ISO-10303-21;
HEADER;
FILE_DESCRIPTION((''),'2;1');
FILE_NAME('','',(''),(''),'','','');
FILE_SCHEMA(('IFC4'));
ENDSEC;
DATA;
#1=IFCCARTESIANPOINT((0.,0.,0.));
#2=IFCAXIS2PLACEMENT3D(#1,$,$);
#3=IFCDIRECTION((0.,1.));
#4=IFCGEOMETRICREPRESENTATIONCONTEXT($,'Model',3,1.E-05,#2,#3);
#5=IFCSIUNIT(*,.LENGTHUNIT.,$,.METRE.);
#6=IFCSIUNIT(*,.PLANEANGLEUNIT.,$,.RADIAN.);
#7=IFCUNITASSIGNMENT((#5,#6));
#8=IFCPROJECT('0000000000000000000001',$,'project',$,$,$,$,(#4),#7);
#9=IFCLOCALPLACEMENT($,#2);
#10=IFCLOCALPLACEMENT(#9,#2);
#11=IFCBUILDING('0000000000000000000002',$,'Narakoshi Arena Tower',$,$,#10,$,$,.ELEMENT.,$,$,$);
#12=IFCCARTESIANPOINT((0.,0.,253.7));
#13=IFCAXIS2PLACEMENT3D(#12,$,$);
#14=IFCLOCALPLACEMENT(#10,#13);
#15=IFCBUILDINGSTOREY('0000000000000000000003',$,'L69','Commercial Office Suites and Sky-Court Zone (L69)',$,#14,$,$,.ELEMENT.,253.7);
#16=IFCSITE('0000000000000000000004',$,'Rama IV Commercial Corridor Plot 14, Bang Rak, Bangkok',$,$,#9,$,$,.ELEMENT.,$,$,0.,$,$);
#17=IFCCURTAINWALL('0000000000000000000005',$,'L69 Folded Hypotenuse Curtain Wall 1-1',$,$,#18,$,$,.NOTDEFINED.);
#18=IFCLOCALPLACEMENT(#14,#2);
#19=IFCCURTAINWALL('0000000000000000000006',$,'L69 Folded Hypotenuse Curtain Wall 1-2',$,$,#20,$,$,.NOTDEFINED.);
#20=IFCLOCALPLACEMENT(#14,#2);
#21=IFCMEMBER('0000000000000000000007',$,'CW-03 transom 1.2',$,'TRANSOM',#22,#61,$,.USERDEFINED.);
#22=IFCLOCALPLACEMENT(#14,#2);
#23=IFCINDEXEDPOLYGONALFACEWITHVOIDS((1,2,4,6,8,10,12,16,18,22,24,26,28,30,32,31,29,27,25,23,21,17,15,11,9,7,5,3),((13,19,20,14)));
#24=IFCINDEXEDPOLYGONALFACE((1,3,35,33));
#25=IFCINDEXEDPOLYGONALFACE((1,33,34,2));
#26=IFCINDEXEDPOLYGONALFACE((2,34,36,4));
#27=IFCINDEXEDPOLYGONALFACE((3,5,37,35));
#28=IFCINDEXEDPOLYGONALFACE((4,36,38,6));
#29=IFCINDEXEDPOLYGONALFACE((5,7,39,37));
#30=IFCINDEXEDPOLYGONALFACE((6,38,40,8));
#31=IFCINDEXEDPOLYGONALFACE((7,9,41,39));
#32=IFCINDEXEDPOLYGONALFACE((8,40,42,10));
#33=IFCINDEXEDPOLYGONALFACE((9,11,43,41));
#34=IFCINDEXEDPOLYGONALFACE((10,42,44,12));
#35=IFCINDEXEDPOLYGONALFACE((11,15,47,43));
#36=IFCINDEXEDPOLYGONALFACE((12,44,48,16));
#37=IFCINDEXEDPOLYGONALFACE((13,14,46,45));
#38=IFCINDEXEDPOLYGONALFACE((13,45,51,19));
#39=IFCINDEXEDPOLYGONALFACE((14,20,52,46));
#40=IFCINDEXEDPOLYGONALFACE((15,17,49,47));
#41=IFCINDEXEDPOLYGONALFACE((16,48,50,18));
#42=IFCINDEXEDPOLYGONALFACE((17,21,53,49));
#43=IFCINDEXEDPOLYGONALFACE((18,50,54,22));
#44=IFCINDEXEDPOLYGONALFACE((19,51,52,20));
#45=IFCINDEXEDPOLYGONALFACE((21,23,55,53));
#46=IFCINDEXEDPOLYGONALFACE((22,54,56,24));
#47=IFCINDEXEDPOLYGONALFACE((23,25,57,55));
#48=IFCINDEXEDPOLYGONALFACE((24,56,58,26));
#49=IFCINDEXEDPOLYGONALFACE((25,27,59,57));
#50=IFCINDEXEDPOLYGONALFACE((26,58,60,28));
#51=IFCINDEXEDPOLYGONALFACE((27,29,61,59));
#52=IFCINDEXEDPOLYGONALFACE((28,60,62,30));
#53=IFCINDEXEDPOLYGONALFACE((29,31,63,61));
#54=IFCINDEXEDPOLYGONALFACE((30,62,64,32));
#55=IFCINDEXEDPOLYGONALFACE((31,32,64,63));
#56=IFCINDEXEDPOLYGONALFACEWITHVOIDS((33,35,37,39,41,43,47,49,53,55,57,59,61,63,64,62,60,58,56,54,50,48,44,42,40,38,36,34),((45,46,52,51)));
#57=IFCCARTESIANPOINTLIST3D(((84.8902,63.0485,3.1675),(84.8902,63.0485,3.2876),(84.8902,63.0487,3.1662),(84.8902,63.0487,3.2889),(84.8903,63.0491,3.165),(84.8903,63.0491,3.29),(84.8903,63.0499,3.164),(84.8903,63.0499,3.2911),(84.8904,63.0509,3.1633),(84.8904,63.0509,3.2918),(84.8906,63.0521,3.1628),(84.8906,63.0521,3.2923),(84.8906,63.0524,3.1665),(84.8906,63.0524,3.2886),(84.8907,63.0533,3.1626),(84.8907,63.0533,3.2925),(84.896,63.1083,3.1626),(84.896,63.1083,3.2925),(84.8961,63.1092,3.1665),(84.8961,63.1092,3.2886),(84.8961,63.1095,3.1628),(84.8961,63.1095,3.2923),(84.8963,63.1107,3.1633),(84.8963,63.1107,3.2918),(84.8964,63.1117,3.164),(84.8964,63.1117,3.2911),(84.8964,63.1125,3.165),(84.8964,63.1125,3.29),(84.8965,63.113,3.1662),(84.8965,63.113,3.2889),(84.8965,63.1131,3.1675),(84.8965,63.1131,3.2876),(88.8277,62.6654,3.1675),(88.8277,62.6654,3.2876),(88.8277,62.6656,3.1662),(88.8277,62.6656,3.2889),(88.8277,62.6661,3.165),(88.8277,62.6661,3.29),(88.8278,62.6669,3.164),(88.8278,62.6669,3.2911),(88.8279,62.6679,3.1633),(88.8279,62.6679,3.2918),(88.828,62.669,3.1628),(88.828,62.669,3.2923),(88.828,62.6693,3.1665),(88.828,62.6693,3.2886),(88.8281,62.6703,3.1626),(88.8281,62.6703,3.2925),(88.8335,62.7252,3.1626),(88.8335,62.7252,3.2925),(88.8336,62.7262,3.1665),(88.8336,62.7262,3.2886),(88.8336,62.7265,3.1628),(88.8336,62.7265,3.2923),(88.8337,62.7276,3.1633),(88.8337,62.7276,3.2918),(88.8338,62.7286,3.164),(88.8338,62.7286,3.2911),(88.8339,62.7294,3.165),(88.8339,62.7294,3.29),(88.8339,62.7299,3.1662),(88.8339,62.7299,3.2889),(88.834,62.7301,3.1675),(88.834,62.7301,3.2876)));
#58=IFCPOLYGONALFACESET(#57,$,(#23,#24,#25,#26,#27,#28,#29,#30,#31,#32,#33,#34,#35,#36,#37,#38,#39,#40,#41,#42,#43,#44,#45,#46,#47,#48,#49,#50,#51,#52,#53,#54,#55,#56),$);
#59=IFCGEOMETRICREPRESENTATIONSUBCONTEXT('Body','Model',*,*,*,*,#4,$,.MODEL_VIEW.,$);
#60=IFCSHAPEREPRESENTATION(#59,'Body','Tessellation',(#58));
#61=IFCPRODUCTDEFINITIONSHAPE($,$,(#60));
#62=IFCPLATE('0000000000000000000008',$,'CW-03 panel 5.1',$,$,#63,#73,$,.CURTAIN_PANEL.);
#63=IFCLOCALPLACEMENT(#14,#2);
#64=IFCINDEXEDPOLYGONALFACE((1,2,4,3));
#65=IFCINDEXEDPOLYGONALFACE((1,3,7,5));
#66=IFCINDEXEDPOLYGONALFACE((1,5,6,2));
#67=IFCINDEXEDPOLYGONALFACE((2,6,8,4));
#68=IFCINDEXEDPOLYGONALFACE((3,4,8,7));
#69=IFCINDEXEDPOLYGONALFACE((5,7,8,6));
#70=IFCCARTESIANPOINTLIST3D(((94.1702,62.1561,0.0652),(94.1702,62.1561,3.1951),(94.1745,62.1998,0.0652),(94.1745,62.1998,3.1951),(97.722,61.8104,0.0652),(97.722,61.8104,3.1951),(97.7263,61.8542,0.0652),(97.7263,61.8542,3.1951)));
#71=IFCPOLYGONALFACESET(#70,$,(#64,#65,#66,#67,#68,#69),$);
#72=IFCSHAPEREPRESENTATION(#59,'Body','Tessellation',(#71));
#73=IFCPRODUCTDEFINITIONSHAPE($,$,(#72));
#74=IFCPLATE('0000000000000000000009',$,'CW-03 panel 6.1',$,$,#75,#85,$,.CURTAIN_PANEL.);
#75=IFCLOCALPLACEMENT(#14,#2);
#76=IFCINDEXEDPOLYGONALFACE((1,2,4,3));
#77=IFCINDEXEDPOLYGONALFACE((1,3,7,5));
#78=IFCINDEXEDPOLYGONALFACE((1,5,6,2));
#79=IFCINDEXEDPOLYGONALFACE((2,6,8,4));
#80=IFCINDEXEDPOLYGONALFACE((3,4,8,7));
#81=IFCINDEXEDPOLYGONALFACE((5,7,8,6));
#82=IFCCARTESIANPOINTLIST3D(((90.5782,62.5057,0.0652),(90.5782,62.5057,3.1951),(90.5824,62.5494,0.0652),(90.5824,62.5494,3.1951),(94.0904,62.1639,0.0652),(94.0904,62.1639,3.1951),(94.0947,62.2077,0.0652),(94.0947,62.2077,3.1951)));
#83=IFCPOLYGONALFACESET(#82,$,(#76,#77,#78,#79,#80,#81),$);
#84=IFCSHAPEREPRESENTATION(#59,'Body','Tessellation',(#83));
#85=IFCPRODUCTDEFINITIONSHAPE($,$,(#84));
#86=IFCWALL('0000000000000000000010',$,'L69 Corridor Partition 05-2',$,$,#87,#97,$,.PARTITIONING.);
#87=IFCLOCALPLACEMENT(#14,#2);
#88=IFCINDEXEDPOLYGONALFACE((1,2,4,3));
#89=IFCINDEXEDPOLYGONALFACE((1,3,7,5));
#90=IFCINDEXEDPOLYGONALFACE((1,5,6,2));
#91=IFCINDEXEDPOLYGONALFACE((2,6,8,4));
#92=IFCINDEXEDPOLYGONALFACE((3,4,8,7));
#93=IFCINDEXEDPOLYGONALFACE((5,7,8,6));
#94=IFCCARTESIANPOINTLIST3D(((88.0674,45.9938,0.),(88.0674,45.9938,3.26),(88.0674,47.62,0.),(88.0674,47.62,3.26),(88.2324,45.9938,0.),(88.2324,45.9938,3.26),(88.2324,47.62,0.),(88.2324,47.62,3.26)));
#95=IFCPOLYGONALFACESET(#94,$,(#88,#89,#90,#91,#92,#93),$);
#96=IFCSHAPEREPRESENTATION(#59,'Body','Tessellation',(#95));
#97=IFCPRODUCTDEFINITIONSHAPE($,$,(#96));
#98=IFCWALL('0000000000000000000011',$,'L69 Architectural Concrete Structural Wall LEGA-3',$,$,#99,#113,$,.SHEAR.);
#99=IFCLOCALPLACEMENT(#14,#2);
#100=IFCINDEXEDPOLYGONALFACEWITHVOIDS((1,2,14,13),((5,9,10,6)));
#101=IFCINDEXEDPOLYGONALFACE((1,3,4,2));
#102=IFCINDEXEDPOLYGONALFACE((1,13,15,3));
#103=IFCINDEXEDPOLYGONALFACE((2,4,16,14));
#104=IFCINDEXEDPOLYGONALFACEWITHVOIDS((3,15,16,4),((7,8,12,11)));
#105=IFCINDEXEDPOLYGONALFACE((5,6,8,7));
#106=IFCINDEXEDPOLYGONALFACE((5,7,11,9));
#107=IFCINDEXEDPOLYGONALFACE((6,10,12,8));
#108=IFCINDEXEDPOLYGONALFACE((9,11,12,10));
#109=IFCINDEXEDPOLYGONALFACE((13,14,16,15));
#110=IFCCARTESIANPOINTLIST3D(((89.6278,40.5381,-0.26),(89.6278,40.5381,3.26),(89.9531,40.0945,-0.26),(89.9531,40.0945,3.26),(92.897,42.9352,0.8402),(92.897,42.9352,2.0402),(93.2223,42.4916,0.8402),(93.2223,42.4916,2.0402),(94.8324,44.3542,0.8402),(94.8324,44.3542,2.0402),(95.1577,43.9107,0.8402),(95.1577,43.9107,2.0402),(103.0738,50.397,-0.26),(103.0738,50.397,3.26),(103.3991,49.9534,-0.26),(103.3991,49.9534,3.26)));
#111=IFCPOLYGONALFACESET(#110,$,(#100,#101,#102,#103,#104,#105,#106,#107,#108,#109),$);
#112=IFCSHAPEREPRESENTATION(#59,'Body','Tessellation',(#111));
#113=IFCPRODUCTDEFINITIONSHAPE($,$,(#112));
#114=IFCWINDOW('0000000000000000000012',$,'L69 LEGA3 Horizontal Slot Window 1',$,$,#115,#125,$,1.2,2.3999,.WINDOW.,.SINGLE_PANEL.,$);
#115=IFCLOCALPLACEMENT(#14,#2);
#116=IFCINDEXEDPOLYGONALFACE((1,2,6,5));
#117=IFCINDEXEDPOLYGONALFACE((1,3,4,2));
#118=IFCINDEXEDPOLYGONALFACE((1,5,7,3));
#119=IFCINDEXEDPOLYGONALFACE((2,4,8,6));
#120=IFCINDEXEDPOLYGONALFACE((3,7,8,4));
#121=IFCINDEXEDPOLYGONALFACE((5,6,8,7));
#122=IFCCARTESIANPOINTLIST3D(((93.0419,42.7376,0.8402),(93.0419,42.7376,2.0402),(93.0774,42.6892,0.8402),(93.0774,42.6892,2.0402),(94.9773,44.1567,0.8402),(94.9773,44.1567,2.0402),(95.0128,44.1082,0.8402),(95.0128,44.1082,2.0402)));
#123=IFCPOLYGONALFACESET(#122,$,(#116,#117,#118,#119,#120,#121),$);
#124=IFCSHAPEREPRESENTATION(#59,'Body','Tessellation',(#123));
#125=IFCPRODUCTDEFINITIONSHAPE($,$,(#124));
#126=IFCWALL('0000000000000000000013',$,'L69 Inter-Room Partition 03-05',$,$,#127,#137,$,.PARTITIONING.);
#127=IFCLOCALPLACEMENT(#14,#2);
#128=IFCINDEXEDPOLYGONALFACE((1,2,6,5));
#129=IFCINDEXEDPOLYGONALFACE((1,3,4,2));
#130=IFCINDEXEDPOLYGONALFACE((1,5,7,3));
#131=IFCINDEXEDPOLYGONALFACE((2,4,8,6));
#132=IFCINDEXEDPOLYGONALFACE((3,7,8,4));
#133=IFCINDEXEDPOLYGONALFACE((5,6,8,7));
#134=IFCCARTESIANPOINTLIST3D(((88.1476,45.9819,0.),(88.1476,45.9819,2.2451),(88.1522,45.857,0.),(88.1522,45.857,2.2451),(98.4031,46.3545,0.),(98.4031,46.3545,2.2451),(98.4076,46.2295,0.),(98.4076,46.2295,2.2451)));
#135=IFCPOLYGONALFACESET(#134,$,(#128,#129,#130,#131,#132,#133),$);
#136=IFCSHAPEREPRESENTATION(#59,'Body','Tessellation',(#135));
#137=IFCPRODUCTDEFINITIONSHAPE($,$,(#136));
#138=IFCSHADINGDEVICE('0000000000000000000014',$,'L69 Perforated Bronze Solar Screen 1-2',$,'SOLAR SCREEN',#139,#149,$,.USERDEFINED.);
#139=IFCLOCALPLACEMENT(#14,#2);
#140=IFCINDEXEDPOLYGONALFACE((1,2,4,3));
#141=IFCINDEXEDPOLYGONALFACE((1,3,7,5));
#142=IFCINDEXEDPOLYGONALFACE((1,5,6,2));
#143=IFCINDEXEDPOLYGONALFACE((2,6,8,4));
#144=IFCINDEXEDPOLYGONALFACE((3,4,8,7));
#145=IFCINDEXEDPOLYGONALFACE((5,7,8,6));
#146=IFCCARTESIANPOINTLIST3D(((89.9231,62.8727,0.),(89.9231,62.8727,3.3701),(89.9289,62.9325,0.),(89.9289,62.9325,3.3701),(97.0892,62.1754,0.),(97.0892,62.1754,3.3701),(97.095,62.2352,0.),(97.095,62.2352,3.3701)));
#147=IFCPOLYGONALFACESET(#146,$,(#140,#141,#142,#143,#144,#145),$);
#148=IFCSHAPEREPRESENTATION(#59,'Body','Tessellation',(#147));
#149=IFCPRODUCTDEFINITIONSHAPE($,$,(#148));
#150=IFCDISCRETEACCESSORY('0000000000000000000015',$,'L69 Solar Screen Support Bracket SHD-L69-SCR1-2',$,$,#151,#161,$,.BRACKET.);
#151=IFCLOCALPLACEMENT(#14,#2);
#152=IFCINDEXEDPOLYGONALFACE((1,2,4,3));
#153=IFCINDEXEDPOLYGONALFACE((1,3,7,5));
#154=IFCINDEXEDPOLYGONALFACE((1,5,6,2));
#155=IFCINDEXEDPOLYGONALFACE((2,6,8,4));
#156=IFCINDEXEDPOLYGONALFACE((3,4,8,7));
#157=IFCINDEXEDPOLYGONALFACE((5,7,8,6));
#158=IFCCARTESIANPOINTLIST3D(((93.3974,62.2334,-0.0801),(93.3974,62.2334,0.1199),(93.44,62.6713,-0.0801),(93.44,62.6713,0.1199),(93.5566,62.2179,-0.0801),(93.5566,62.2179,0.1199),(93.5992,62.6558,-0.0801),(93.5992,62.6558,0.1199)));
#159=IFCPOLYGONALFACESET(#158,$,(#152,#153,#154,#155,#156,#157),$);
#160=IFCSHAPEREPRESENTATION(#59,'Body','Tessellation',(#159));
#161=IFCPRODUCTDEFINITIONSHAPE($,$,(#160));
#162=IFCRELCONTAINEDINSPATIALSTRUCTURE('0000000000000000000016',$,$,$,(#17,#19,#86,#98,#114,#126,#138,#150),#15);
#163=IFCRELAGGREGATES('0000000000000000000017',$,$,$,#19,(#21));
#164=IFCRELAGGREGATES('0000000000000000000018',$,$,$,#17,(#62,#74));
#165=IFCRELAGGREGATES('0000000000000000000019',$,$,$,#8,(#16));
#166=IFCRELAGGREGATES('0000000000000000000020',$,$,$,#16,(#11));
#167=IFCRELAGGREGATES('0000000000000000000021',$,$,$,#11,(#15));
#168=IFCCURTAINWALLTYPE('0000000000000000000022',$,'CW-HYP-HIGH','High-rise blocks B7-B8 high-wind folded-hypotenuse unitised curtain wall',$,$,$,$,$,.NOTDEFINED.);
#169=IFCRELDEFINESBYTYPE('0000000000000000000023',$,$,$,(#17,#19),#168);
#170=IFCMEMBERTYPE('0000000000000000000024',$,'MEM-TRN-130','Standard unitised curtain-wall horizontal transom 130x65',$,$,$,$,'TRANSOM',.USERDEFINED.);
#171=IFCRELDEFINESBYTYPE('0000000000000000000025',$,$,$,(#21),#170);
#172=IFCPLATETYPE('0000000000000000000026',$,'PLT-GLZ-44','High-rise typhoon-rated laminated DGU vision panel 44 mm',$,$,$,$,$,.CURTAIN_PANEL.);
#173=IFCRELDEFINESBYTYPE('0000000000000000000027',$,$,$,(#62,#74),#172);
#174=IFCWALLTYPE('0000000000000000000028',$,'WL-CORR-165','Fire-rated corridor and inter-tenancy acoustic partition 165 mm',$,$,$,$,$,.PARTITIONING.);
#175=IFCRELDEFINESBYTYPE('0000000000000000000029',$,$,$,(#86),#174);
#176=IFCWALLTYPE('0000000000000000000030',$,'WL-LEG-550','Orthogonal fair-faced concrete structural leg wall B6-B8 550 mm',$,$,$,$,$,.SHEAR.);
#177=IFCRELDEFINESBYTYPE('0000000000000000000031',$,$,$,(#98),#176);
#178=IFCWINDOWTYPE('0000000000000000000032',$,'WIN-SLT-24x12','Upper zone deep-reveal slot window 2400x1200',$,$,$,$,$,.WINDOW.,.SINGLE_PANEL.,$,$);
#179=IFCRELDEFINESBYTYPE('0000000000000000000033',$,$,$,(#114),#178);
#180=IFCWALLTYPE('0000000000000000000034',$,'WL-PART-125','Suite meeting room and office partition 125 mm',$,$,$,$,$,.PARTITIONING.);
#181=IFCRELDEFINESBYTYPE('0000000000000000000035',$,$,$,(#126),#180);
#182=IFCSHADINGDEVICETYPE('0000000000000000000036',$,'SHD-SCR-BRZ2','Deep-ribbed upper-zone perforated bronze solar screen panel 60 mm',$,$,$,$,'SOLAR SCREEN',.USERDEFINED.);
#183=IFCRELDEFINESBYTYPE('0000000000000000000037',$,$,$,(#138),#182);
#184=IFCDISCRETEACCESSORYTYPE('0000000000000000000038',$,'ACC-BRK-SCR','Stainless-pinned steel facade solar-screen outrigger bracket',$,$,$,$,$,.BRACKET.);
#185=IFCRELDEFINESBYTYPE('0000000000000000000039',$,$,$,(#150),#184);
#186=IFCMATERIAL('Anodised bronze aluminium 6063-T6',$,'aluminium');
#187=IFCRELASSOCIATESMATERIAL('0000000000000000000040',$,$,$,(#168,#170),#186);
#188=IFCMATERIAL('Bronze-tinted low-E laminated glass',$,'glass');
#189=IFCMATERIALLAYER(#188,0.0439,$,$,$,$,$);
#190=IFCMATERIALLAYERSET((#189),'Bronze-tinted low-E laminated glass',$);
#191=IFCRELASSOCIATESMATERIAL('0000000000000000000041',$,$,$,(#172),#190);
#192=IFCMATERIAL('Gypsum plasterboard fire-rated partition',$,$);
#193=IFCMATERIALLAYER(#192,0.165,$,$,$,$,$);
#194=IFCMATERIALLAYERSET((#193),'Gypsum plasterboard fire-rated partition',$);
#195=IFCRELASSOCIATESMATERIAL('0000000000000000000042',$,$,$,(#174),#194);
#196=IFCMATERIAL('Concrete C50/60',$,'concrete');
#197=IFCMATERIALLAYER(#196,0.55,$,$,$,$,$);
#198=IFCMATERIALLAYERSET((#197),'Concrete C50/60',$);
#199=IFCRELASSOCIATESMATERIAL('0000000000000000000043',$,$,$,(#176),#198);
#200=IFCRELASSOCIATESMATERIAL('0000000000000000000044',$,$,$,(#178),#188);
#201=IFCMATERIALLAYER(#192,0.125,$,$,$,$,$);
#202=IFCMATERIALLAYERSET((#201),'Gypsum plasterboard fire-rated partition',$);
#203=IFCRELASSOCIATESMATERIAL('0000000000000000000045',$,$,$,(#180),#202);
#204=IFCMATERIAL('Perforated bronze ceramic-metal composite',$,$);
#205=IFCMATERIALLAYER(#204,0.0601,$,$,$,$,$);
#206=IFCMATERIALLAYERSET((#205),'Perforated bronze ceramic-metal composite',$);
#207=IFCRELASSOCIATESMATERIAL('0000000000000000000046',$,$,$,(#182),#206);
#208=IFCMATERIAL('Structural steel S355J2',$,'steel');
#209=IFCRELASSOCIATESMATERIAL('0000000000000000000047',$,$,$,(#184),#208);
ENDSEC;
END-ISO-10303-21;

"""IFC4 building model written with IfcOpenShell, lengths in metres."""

from ifc_helpers import new_model, si_unit, direction, frame, frame_2d, origin, origin_2d, place, context, subcontext, project, spatial, rectangle, hollow_rectangle, extrude, material, layer, layer_set, material_profile, profile_set, type_object, element, fill, aggregate, save


model = new_model("IFC4")

# Units and contexts
model_context = context("Model", 3, precision=1e-05, world=origin(), true_north=direction((0.0, 1.0)))
body_context = subcontext(model_context, "Body", "Model", "MODEL_VIEW")
ifc_project = project(units=[si_unit("LENGTHUNIT", "METRE"), si_unit("PLANEANGLEUNIT", "RADIAN")], contexts=[model_context])

# Site, building, storey
site_placement = place(None, origin())
site = spatial("IfcSite", under=ifc_project, at=site_placement, Name="Rama IV Commercial Corridor Plot 14, Bang Rak, Bangkok", CompositionType="ELEMENT", RefElevation=0.0)
building_placement = place(site_placement, origin())
building = spatial("IfcBuilding", under=site, at=building_placement, Name="Narakoshi Arena Tower", CompositionType="ELEMENT")
storey_placement = place(building_placement, frame((0.0, 0.0, 253.7)))
storey = spatial("IfcBuildingStorey", under=building, at=storey_placement, Name="L69", Description="Commercial Office Suites and Sky-Court Zone (L69)", CompositionType="ELEMENT", Elevation=253.7)

# Shared definitions
ifc_material_1 = material(Name="Concrete C50/60", Category="concrete")

# Shared definitions
ifc_material_2 = material(Name="Structural steel S355J2", Category="steel")

# Curtain wall
ifc_material_3 = material(Name="Anodised bronze aluminium 6063-T6", Category="aluminium")
curtain_wall_type = type_object("IfcCurtainWallType", Name="CW-HYP-HIGH", Description="High-rise blocks B7-B8 high-wind folded-hypotenuse unitised curtain wall", PredefinedType="NOTDEFINED", material=ifc_material_3)
curtain_wall_1_placement = place(storey_placement, origin())
curtain_wall_1 = element("IfcCurtainWall", 1, at=curtain_wall_1_placement, inside=storey, type_object=curtain_wall_type, Name="L69 Folded Hypotenuse Curtain Wall 1-1", PredefinedType="NOTDEFINED")

# Curtain wall
curtain_wall_2_placement = place(storey_placement, origin())
curtain_wall_2 = element("IfcCurtainWall", 2, at=curtain_wall_2_placement, inside=storey, type_object=curtain_wall_type, Name="L69 Folded Hypotenuse Curtain Wall 1-2", PredefinedType="NOTDEFINED")

# Member
ifc_material_profile_1 = material_profile(ifc_material_3, hollow_rectangle(XDim=0.0649, YDim=0.1299, WallThickness=0.0039, OuterFilletRadius=0.0049, at=origin_2d()), Name="TRN130x65x4")
ifc_profile_set_1 = profile_set([ifc_material_profile_1], Name="Anodised bronze aluminium 6063-T6")
member_type_1 = type_object("IfcMemberType", Name="MEM-TRN-130", Description="Standard unitised curtain-wall horizontal transom 130x65", ElementType="TRANSOM", PredefinedType="USERDEFINED", material=ifc_profile_set_1)
member_1_placement = place(storey_placement, frame((88.8308, 62.6978, 3.2275), z_axis=(-0.995301, 0.096827, 0.0), x_axis=(-0.096827, -0.995301, 0.0)))
member_1 = element("IfcMember", 3, at=member_1_placement, type_object=member_type_1, Name="CW-03 transom 1.2", ObjectType="TRANSOM", PredefinedType="USERDEFINED", context=body_context, shape_type="SweptSolid", body=[
    extrude(hollow_rectangle(XDim=0.0649, YDim=0.1299, WallThickness=0.0039, OuterFilletRadius=0.0049, at=origin_2d()), origin(), (0.0, 0.0, 1.0), 3.9561),
])
aggregate(curtain_wall_2, [member_1])

# Plates
ifc_material_4 = material(Name="Bronze-tinted low-E laminated glass", Category="glass")
ifc_layer_1 = layer(ifc_material_4, 0.0439)
ifc_layer_set_1 = layer_set([ifc_layer_1], Name="Bronze-tinted low-E laminated glass")
plate_type = type_object("IfcPlateType", Name="PLT-GLZ-44", Description="High-rise typhoon-rated laminated DGU vision panel 44 mm", PredefinedType="CURTAIN_PANEL", material=ifc_layer_set_1)
plate_1_placement = place(storey_placement, frame((95.9482, 62.0051, 0.0652), z_axis=(0.0, 0.0, 1.0), x_axis=(-0.995299, 0.096851, 0.0)))
plate_1 = element("IfcPlate", 4, at=plate_1_placement, type_object=plate_type, Name="CW-03 panel 5.1", PredefinedType="CURTAIN_PANEL", context=body_context, shape_type="SweptSolid", body=[
    extrude(rectangle(XDim=3.5686, YDim=0.0439, at=origin_2d()), origin(), (0.0, 0.0, 1.0), 3.1299),
])
plate_2_placement = place(storey_placement, frame((92.3364, 62.3567, 0.0652), z_axis=(0.0, 0.0, 1.0), x_axis=(-0.995299, 0.096851, 0.0)))
plate_2 = element("IfcPlate", 5, at=plate_2_placement, type_object=plate_type, Name="CW-03 panel 6.1", PredefinedType="CURTAIN_PANEL", context=body_context, shape_type="SweptSolid", body=[
    extrude(rectangle(XDim=3.5288, YDim=0.0439, at=origin_2d()), origin(), (0.0, 0.0, 1.0), 3.1299),
])
aggregate(curtain_wall_1, [plate_1, plate_2])

# Wall
ifc_material_5 = material(Name="Gypsum plasterboard fire-rated partition")
ifc_layer_2 = layer(ifc_material_5, 0.165)
ifc_layer_set_2 = layer_set([ifc_layer_2], Name="Gypsum plasterboard fire-rated partition")
wall_type_1 = type_object("IfcWallType", Name="WL-CORR-165", Description="Fire-rated corridor and inter-tenancy acoustic partition 165 mm", PredefinedType="PARTITIONING", material=ifc_layer_set_2)
wall_1_placement = place(storey_placement, frame((88.1499, 45.9939, 0.0), z_axis=(0.0, 0.0, 1.0), x_axis=(0.0, 1.0, 0.0)))
element("IfcWall", 6, at=wall_1_placement, inside=storey, type_object=wall_type_1, Name="L69 Corridor Partition 05-2", PredefinedType="PARTITIONING", context=body_context, shape_type="SweptSolid", body=[
    extrude(rectangle(XDim=1.6262, YDim=0.165, at=frame_2d((0.813, 0.0))), origin(), (0.0, 0.0, 1.0), 3.26),
])

# Wall, opening, window
ifc_layer_3 = layer(ifc_material_1, 0.55)
ifc_layer_set_3 = layer_set([ifc_layer_3], Name="Concrete C50/60")
wall_type_2 = type_object("IfcWallType", Name="WL-LEG-550", Description="Orthogonal fair-faced concrete structural leg wall B6-B8 550 mm", PredefinedType="SHEAR", material=ifc_layer_set_3)
wall_2_placement = place(storey_placement, frame((89.7905, 40.3164, -0.26), z_axis=(0.0, 0.0, 1.0), x_axis=(0.806449, 0.591303, 0.0)))
wall_2 = element("IfcWall", 7, at=wall_2_placement, inside=storey, type_object=wall_type_2, Name="L69 Architectural Concrete Structural Wall LEGA-3", PredefinedType="SHEAR", context=body_context, shape_type="SweptSolid", body=[
    extrude(rectangle(XDim=16.6731, YDim=0.55, at=frame_2d((8.3364, 0.0))), origin(), (0.0, 0.0, 1.0), 3.52),
])
opening_placement = place(wall_2_placement, frame((4.0537, 0.0, 1.1001)))
opening = element("IfcOpeningElement", 8, at=opening_placement, cuts=wall_2, PredefinedType="OPENING", context=body_context, shape_type="SweptSolid", body=[
    extrude(rectangle(XDim=2.3999, YDim=1.2, at=frame_2d((1.2, 0.6001))), frame((0.0, 0.2849, 0.0), z_axis=(0.0, -1.0, 0.0), x_axis=(1.0, 0.0, 0.0)), (0.0, 0.0, 1.0), 0.5701),
])
window_type = type_object("IfcWindowType", Name="WIN-SLT-24x12", Description="Upper zone deep-reveal slot window 2400x1200", PartitioningType="SINGLE_PANEL", PredefinedType="WINDOW", material=ifc_material_4)
window_placement = place(opening_placement, origin())
window = element("IfcWindow", 9, at=window_placement, inside=storey, type_object=window_type, Name="L69 LEGA3 Horizontal Slot Window 1", OverallHeight=1.2, OverallWidth=2.3999, PartitioningType="SINGLE_PANEL", PredefinedType="WINDOW", context=body_context, shape_type="SweptSolid", body=[
    extrude(rectangle(XDim=2.3999, YDim=1.2, at=frame_2d((1.2, 0.6001))), frame((0.0, 0.03, 0.0), z_axis=(0.0, -1.0, 0.0), x_axis=(1.0, 0.0, 0.0)), (0.0, 0.0, 1.0), 0.0601),
])
fill(opening, window)

# Wall
ifc_layer_4 = layer(ifc_material_5, 0.125)
ifc_layer_set_4 = layer_set([ifc_layer_4], Name="Gypsum plasterboard fire-rated partition")
wall_type_3 = type_object("IfcWallType", Name="WL-PART-125", Description="Suite meeting room and office partition 125 mm", PredefinedType="PARTITIONING", material=ifc_layer_set_4)
wall_3_placement = place(storey_placement, frame((88.1499, 45.9194, 0.0), z_axis=(0.0, 0.0, 1.0), x_axis=(0.999341, 0.036304, 0.0)))
element("IfcWall", 10, at=wall_3_placement, inside=storey, type_object=wall_type_3, Name="L69 Inter-Room Partition 03-05", PredefinedType="PARTITIONING", context=body_context, shape_type="SweptSolid", body=[
    extrude(rectangle(XDim=10.2622, YDim=0.125, at=frame_2d((5.1311, 0.0))), origin(), (0.0, 0.0, 1.0), 2.2451),
])

# Shading device
ifc_material_6 = material(Name="Perforated bronze ceramic-metal composite")
ifc_layer_5 = layer(ifc_material_6, 0.0601)
ifc_layer_set_5 = layer_set([ifc_layer_5], Name="Perforated bronze ceramic-metal composite")
shading_device_type = type_object("IfcShadingDeviceType", Name="SHD-SCR-BRZ2", Description="Deep-ribbed upper-zone perforated bronze solar screen panel 60 mm", ElementType="SOLAR SCREEN", PredefinedType="USERDEFINED", material=ifc_layer_set_5)
shading_device_placement = place(storey_placement, frame((93.509, 62.554, 0.0), z_axis=(0.0, 0.0, 1.0), x_axis=(-0.995299, 0.096853, 0.0)))
element("IfcShadingDevice", 11, at=shading_device_placement, inside=storey, type_object=shading_device_type, Name="L69 Perforated Bronze Solar Screen 1-2", ObjectType="SOLAR SCREEN", PredefinedType="USERDEFINED", context=body_context, shape_type="SweptSolid", body=[
    extrude(rectangle(XDim=7.2, YDim=0.0601, at=origin_2d()), origin(), (0.0, 0.0, 1.0), 3.3701),
])

# Discrete accessory
discrete_accessory_type = type_object("IfcDiscreteAccessoryType", Name="ACC-BRK-SCR", Description="Stainless-pinned steel facade solar-screen outrigger bracket", PredefinedType="BRACKET", material=ifc_material_2)
discrete_accessory_placement = place(storey_placement, frame((93.4983, 62.4446, -0.0801), z_axis=(0.0, 0.0, 1.0), x_axis=(-0.995299, 0.096853, 0.0)))
element("IfcDiscreteAccessory", 12, at=discrete_accessory_placement, inside=storey, type_object=discrete_accessory_type, Name="L69 Solar Screen Support Bracket SHD-L69-SCR1-2", PredefinedType="BRACKET", context=body_context, shape_type="SweptSolid", body=[
    extrude(rectangle(XDim=0.1599, YDim=0.4399, at=origin_2d()), origin(), (0.0, 0.0, 1.0), 0.2),
])

save(model, "model.ifc")
